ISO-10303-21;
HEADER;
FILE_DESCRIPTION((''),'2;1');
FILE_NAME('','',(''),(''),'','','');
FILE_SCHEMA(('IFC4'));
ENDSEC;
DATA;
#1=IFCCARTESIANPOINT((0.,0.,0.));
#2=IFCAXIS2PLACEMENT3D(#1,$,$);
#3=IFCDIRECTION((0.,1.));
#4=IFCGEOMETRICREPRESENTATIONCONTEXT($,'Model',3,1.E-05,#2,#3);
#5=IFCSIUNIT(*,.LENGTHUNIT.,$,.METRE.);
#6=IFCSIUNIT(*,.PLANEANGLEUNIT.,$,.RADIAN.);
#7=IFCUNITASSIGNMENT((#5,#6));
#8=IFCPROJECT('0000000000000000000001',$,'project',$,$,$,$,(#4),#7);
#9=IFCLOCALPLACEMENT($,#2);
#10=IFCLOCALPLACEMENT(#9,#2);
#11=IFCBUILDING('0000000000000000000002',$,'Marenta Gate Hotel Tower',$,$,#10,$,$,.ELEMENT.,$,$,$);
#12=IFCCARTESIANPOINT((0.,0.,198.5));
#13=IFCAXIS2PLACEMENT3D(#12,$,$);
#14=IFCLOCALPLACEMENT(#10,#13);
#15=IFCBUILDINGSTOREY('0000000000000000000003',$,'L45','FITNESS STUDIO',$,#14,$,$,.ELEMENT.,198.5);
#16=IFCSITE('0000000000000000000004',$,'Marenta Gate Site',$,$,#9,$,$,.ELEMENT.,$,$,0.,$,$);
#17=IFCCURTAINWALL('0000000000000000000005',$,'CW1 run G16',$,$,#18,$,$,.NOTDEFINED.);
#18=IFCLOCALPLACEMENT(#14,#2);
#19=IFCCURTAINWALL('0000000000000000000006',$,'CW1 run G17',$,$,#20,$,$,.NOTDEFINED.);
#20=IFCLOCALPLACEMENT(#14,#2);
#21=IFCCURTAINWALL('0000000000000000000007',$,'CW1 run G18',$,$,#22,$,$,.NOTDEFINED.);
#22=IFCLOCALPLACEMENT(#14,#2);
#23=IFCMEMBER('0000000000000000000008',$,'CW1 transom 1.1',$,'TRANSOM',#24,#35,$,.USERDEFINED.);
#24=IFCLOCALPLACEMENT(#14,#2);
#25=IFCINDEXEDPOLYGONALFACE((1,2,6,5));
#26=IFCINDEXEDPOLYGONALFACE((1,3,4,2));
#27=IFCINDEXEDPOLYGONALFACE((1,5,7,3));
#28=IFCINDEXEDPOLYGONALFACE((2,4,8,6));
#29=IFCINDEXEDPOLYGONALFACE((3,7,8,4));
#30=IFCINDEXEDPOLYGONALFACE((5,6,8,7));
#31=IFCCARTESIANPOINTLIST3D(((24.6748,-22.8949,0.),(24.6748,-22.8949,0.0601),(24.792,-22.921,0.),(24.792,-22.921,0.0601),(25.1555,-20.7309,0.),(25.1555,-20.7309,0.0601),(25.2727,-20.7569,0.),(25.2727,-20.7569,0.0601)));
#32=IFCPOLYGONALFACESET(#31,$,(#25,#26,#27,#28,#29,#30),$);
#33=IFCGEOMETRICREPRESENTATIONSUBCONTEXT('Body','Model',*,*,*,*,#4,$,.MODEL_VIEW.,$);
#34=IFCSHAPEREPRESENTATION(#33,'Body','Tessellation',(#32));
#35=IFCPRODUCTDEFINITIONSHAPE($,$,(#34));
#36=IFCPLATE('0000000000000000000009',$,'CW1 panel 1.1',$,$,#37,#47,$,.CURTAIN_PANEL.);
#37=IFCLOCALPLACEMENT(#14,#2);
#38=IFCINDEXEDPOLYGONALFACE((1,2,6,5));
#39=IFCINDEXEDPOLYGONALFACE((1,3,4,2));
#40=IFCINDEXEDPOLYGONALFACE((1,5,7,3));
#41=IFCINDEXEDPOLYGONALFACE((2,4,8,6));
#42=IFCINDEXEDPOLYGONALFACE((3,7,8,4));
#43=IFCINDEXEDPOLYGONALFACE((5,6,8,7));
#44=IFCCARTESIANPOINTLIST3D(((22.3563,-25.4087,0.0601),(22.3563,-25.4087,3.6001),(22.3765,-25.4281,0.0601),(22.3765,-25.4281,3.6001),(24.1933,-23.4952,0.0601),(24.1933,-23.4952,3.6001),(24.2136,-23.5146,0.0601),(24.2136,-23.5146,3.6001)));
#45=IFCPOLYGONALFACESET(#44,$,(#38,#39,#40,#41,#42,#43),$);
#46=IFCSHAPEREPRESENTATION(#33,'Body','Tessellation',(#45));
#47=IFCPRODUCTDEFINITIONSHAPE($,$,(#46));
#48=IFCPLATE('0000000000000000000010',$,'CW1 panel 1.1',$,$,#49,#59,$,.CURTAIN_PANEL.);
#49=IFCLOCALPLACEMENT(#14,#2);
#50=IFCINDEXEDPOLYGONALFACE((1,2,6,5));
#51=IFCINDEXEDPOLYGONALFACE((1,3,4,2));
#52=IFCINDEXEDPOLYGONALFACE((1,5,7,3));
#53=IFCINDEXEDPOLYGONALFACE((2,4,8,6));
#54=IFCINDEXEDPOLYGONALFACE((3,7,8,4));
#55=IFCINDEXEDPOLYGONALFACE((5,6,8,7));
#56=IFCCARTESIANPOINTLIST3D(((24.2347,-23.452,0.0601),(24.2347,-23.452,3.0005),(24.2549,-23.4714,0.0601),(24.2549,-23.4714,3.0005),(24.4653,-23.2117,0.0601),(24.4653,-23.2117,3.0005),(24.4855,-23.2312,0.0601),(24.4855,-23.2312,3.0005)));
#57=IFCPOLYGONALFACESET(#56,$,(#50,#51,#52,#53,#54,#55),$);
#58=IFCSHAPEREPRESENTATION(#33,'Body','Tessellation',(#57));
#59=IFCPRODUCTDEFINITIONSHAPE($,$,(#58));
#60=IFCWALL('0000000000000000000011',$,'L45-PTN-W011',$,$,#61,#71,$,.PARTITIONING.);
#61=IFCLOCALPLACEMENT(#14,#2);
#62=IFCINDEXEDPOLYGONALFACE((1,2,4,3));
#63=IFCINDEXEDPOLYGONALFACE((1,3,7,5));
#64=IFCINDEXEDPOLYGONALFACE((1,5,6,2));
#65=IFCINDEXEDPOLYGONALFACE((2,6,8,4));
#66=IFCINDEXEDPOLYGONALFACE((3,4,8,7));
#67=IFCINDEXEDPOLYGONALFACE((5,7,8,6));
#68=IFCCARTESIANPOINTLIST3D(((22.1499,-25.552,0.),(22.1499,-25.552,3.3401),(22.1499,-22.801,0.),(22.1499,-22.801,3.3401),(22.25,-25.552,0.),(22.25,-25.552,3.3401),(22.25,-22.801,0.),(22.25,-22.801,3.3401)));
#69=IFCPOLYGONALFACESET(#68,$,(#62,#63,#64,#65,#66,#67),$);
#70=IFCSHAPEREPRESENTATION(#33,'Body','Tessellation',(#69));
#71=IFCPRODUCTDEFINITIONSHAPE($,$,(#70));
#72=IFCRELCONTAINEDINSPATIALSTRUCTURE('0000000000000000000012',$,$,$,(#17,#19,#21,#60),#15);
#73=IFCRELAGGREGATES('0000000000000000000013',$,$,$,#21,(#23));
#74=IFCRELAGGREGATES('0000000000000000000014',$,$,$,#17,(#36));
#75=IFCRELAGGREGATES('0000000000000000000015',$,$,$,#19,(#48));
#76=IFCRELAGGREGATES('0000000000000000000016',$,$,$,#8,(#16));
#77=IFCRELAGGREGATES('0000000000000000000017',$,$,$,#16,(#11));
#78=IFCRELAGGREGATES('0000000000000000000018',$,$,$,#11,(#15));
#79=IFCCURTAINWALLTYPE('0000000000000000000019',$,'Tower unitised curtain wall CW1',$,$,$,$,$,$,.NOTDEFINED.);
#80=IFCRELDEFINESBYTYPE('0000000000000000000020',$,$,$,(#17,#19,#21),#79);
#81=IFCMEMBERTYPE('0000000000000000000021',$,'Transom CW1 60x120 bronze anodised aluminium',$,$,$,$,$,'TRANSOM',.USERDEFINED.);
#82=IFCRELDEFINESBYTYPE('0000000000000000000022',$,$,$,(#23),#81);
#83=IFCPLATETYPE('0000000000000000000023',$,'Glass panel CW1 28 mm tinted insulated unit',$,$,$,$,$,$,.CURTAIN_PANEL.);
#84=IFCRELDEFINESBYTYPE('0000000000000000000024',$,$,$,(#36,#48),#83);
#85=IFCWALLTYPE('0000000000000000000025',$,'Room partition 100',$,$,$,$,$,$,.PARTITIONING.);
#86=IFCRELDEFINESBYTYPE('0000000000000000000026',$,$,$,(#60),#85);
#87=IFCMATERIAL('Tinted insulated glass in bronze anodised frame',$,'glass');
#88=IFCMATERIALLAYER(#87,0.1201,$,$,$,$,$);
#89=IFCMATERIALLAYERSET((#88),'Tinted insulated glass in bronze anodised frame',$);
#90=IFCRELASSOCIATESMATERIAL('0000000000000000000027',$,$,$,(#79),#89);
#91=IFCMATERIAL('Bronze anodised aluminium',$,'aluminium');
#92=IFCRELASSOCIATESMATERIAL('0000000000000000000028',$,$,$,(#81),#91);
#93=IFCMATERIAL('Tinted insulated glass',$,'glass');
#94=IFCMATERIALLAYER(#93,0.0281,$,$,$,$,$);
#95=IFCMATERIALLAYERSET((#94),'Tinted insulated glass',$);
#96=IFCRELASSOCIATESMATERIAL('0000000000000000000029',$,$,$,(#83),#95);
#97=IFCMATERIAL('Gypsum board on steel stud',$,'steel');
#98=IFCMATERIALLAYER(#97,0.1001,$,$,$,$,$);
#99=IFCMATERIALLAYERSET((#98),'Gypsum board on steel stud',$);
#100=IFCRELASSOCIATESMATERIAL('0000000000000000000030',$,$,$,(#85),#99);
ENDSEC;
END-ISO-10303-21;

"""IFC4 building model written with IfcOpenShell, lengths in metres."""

from ifc_helpers import new_model, si_unit, direction, frame, frame_2d, origin, origin_2d, place, context, subcontext, project, spatial, rectangle, extrude, material, layer, layer_set, material_profile, profile_set, type_object, element, aggregate, save


model = new_model("IFC4")

# Units and contexts
model_context = context("Model", 3, precision=1e-05, world=origin(), true_north=direction((0.0, 1.0)))
body_context = subcontext(model_context, "Body", "Model", "MODEL_VIEW")
ifc_project = project(units=[si_unit("LENGTHUNIT", "METRE"), si_unit("PLANEANGLEUNIT", "RADIAN")], contexts=[model_context])

# Site, building, storey
site_placement = place(None, origin())
site = spatial("IfcSite", under=ifc_project, at=site_placement, Name="Marenta Gate Site", CompositionType="ELEMENT", RefElevation=0.0)
building_placement = place(site_placement, origin())
building = spatial("IfcBuilding", under=site, at=building_placement, Name="Marenta Gate Hotel Tower", CompositionType="ELEMENT")
storey_placement = place(building_placement, frame((0.0, 0.0, 198.5)))
storey = spatial("IfcBuildingStorey", under=building, at=storey_placement, Name="L45", Description="FITNESS STUDIO", CompositionType="ELEMENT", Elevation=198.5)

# Curtain wall
ifc_material_1 = material(Name="Tinted insulated glass in bronze anodised frame", Category="glass")
ifc_layer_1 = layer(ifc_material_1, 0.1201)
ifc_layer_set_1 = layer_set([ifc_layer_1], Name="Tinted insulated glass in bronze anodised frame")
curtain_wall_type = type_object("IfcCurtainWallType", Name="Tower unitised curtain wall CW1", PredefinedType="NOTDEFINED", material=ifc_layer_set_1)
curtain_wall_1_placement = place(storey_placement, origin())
curtain_wall_1 = element("IfcCurtainWall", 1, at=curtain_wall_1_placement, inside=storey, type_object=curtain_wall_type, Name="CW1 run G16", PredefinedType="NOTDEFINED")

# Curtain wall
curtain_wall_2_placement = place(storey_placement, origin())
curtain_wall_2 = element("IfcCurtainWall", 2, at=curtain_wall_2_placement, inside=storey, type_object=curtain_wall_type, Name="CW1 run G17", PredefinedType="NOTDEFINED")

# Curtain wall
curtain_wall_3_placement = place(storey_placement, origin())
curtain_wall_3 = element("IfcCurtainWall", 3, at=curtain_wall_3_placement, inside=storey, type_object=curtain_wall_type, Name="CW1 run G18", PredefinedType="NOTDEFINED")

# Member
ifc_material_2 = material(Name="Bronze anodised aluminium", Category="aluminium")
ifc_material_profile_1 = material_profile(ifc_material_2, rectangle(XDim=0.1201, YDim=0.0601, at=origin_2d()), Name="Transom CW1 60x120 bronze anodised aluminium")
ifc_profile_set_1 = profile_set([ifc_material_profile_1], Name="Bronze anodised aluminium")
member_type_1 = type_object("IfcMemberType", Name="Transom CW1 60x120 bronze anodised aluminium", ElementType="TRANSOM", PredefinedType="USERDEFINED", material=ifc_profile_set_1)
member_1_placement = place(storey_placement, frame((24.7334, -22.908, 0.03), z_axis=(0.216849, 0.976205, 0.0), x_axis=(-0.976205, 0.216849, 0.0)))
member_1 = element("IfcMember", 4, at=member_1_placement, type_object=member_type_1, Name="CW1 transom 1.1", ObjectType="TRANSOM", PredefinedType="USERDEFINED", context=body_context, shape_type="SweptSolid", body=[
    extrude(rectangle(XDim=0.1201, YDim=0.0601, at=origin_2d()), origin(), (0.0, 0.0, 1.0), 2.2168),
])
aggregate(curtain_wall_3, [member_1])

# Plates
ifc_material_3 = material(Name="Tinted insulated glass", Category="glass")
ifc_layer_2 = layer(ifc_material_3, 0.0281)
ifc_layer_set_2 = layer_set([ifc_layer_2], Name="Tinted insulated glass")
plate_type = type_object("IfcPlateType", Name="Glass panel CW1 28 mm tinted insulated unit", PredefinedType="CURTAIN_PANEL", material=ifc_layer_set_2)
plate_1_placement = place(storey_placement, frame((23.2849, -24.4617, 0.0601), z_axis=(0.0, 0.0, 1.0), x_axis=(0.692545, 0.721375, 0.0)))
plate_1 = element("IfcPlate", 5, at=plate_1_placement, type_object=plate_type, Name="CW1 panel 1.1", PredefinedType="CURTAIN_PANEL", context=body_context, shape_type="SweptSolid", body=[
    extrude(rectangle(XDim=2.6526, YDim=0.0281, at=origin_2d()), origin(), (0.0, 0.0, 1.0), 3.54),
])
aggregate(curtain_wall_1, [plate_1])
plate_2_placement = place(storey_placement, frame((24.3601, -23.3416, 0.0601), z_axis=(0.0, 0.0, 1.0), x_axis=(0.6925, 0.721418, 0.0)))
plate_2 = element("IfcPlate", 6, at=plate_2_placement, type_object=plate_type, Name="CW1 panel 1.1", PredefinedType="CURTAIN_PANEL", context=body_context, shape_type="SweptSolid", body=[
    extrude(rectangle(XDim=0.333, YDim=0.0281, at=origin_2d()), origin(), (0.0, 0.0, 1.0), 2.9404),
])
aggregate(curtain_wall_2, [plate_2])

# Wall
ifc_material_4 = material(Name="Gypsum board on steel stud", Category="steel")
ifc_layer_3 = layer(ifc_material_4, 0.1001)
ifc_layer_set_3 = layer_set([ifc_layer_3], Name="Gypsum board on steel stud")
wall_type = type_object("IfcWallType", Name="Room partition 100", PredefinedType="PARTITIONING", material=ifc_layer_set_3)
wall_placement = place(storey_placement, frame((22.2, -25.552, 0.0), z_axis=(0.0, 0.0, 1.0), x_axis=(0.0, 1.0, 0.0)))
element("IfcWall", 7, at=wall_placement, inside=storey, type_object=wall_type, Name="L45-PTN-W011", PredefinedType="PARTITIONING", context=body_context, shape_type="SweptSolid", body=[
    extrude(rectangle(XDim=2.751, YDim=0.1001, at=frame_2d((1.3755, 0.0))), origin(), (0.0, 0.0, 1.0), 3.3401),
])

save(model, "model.ifc")
